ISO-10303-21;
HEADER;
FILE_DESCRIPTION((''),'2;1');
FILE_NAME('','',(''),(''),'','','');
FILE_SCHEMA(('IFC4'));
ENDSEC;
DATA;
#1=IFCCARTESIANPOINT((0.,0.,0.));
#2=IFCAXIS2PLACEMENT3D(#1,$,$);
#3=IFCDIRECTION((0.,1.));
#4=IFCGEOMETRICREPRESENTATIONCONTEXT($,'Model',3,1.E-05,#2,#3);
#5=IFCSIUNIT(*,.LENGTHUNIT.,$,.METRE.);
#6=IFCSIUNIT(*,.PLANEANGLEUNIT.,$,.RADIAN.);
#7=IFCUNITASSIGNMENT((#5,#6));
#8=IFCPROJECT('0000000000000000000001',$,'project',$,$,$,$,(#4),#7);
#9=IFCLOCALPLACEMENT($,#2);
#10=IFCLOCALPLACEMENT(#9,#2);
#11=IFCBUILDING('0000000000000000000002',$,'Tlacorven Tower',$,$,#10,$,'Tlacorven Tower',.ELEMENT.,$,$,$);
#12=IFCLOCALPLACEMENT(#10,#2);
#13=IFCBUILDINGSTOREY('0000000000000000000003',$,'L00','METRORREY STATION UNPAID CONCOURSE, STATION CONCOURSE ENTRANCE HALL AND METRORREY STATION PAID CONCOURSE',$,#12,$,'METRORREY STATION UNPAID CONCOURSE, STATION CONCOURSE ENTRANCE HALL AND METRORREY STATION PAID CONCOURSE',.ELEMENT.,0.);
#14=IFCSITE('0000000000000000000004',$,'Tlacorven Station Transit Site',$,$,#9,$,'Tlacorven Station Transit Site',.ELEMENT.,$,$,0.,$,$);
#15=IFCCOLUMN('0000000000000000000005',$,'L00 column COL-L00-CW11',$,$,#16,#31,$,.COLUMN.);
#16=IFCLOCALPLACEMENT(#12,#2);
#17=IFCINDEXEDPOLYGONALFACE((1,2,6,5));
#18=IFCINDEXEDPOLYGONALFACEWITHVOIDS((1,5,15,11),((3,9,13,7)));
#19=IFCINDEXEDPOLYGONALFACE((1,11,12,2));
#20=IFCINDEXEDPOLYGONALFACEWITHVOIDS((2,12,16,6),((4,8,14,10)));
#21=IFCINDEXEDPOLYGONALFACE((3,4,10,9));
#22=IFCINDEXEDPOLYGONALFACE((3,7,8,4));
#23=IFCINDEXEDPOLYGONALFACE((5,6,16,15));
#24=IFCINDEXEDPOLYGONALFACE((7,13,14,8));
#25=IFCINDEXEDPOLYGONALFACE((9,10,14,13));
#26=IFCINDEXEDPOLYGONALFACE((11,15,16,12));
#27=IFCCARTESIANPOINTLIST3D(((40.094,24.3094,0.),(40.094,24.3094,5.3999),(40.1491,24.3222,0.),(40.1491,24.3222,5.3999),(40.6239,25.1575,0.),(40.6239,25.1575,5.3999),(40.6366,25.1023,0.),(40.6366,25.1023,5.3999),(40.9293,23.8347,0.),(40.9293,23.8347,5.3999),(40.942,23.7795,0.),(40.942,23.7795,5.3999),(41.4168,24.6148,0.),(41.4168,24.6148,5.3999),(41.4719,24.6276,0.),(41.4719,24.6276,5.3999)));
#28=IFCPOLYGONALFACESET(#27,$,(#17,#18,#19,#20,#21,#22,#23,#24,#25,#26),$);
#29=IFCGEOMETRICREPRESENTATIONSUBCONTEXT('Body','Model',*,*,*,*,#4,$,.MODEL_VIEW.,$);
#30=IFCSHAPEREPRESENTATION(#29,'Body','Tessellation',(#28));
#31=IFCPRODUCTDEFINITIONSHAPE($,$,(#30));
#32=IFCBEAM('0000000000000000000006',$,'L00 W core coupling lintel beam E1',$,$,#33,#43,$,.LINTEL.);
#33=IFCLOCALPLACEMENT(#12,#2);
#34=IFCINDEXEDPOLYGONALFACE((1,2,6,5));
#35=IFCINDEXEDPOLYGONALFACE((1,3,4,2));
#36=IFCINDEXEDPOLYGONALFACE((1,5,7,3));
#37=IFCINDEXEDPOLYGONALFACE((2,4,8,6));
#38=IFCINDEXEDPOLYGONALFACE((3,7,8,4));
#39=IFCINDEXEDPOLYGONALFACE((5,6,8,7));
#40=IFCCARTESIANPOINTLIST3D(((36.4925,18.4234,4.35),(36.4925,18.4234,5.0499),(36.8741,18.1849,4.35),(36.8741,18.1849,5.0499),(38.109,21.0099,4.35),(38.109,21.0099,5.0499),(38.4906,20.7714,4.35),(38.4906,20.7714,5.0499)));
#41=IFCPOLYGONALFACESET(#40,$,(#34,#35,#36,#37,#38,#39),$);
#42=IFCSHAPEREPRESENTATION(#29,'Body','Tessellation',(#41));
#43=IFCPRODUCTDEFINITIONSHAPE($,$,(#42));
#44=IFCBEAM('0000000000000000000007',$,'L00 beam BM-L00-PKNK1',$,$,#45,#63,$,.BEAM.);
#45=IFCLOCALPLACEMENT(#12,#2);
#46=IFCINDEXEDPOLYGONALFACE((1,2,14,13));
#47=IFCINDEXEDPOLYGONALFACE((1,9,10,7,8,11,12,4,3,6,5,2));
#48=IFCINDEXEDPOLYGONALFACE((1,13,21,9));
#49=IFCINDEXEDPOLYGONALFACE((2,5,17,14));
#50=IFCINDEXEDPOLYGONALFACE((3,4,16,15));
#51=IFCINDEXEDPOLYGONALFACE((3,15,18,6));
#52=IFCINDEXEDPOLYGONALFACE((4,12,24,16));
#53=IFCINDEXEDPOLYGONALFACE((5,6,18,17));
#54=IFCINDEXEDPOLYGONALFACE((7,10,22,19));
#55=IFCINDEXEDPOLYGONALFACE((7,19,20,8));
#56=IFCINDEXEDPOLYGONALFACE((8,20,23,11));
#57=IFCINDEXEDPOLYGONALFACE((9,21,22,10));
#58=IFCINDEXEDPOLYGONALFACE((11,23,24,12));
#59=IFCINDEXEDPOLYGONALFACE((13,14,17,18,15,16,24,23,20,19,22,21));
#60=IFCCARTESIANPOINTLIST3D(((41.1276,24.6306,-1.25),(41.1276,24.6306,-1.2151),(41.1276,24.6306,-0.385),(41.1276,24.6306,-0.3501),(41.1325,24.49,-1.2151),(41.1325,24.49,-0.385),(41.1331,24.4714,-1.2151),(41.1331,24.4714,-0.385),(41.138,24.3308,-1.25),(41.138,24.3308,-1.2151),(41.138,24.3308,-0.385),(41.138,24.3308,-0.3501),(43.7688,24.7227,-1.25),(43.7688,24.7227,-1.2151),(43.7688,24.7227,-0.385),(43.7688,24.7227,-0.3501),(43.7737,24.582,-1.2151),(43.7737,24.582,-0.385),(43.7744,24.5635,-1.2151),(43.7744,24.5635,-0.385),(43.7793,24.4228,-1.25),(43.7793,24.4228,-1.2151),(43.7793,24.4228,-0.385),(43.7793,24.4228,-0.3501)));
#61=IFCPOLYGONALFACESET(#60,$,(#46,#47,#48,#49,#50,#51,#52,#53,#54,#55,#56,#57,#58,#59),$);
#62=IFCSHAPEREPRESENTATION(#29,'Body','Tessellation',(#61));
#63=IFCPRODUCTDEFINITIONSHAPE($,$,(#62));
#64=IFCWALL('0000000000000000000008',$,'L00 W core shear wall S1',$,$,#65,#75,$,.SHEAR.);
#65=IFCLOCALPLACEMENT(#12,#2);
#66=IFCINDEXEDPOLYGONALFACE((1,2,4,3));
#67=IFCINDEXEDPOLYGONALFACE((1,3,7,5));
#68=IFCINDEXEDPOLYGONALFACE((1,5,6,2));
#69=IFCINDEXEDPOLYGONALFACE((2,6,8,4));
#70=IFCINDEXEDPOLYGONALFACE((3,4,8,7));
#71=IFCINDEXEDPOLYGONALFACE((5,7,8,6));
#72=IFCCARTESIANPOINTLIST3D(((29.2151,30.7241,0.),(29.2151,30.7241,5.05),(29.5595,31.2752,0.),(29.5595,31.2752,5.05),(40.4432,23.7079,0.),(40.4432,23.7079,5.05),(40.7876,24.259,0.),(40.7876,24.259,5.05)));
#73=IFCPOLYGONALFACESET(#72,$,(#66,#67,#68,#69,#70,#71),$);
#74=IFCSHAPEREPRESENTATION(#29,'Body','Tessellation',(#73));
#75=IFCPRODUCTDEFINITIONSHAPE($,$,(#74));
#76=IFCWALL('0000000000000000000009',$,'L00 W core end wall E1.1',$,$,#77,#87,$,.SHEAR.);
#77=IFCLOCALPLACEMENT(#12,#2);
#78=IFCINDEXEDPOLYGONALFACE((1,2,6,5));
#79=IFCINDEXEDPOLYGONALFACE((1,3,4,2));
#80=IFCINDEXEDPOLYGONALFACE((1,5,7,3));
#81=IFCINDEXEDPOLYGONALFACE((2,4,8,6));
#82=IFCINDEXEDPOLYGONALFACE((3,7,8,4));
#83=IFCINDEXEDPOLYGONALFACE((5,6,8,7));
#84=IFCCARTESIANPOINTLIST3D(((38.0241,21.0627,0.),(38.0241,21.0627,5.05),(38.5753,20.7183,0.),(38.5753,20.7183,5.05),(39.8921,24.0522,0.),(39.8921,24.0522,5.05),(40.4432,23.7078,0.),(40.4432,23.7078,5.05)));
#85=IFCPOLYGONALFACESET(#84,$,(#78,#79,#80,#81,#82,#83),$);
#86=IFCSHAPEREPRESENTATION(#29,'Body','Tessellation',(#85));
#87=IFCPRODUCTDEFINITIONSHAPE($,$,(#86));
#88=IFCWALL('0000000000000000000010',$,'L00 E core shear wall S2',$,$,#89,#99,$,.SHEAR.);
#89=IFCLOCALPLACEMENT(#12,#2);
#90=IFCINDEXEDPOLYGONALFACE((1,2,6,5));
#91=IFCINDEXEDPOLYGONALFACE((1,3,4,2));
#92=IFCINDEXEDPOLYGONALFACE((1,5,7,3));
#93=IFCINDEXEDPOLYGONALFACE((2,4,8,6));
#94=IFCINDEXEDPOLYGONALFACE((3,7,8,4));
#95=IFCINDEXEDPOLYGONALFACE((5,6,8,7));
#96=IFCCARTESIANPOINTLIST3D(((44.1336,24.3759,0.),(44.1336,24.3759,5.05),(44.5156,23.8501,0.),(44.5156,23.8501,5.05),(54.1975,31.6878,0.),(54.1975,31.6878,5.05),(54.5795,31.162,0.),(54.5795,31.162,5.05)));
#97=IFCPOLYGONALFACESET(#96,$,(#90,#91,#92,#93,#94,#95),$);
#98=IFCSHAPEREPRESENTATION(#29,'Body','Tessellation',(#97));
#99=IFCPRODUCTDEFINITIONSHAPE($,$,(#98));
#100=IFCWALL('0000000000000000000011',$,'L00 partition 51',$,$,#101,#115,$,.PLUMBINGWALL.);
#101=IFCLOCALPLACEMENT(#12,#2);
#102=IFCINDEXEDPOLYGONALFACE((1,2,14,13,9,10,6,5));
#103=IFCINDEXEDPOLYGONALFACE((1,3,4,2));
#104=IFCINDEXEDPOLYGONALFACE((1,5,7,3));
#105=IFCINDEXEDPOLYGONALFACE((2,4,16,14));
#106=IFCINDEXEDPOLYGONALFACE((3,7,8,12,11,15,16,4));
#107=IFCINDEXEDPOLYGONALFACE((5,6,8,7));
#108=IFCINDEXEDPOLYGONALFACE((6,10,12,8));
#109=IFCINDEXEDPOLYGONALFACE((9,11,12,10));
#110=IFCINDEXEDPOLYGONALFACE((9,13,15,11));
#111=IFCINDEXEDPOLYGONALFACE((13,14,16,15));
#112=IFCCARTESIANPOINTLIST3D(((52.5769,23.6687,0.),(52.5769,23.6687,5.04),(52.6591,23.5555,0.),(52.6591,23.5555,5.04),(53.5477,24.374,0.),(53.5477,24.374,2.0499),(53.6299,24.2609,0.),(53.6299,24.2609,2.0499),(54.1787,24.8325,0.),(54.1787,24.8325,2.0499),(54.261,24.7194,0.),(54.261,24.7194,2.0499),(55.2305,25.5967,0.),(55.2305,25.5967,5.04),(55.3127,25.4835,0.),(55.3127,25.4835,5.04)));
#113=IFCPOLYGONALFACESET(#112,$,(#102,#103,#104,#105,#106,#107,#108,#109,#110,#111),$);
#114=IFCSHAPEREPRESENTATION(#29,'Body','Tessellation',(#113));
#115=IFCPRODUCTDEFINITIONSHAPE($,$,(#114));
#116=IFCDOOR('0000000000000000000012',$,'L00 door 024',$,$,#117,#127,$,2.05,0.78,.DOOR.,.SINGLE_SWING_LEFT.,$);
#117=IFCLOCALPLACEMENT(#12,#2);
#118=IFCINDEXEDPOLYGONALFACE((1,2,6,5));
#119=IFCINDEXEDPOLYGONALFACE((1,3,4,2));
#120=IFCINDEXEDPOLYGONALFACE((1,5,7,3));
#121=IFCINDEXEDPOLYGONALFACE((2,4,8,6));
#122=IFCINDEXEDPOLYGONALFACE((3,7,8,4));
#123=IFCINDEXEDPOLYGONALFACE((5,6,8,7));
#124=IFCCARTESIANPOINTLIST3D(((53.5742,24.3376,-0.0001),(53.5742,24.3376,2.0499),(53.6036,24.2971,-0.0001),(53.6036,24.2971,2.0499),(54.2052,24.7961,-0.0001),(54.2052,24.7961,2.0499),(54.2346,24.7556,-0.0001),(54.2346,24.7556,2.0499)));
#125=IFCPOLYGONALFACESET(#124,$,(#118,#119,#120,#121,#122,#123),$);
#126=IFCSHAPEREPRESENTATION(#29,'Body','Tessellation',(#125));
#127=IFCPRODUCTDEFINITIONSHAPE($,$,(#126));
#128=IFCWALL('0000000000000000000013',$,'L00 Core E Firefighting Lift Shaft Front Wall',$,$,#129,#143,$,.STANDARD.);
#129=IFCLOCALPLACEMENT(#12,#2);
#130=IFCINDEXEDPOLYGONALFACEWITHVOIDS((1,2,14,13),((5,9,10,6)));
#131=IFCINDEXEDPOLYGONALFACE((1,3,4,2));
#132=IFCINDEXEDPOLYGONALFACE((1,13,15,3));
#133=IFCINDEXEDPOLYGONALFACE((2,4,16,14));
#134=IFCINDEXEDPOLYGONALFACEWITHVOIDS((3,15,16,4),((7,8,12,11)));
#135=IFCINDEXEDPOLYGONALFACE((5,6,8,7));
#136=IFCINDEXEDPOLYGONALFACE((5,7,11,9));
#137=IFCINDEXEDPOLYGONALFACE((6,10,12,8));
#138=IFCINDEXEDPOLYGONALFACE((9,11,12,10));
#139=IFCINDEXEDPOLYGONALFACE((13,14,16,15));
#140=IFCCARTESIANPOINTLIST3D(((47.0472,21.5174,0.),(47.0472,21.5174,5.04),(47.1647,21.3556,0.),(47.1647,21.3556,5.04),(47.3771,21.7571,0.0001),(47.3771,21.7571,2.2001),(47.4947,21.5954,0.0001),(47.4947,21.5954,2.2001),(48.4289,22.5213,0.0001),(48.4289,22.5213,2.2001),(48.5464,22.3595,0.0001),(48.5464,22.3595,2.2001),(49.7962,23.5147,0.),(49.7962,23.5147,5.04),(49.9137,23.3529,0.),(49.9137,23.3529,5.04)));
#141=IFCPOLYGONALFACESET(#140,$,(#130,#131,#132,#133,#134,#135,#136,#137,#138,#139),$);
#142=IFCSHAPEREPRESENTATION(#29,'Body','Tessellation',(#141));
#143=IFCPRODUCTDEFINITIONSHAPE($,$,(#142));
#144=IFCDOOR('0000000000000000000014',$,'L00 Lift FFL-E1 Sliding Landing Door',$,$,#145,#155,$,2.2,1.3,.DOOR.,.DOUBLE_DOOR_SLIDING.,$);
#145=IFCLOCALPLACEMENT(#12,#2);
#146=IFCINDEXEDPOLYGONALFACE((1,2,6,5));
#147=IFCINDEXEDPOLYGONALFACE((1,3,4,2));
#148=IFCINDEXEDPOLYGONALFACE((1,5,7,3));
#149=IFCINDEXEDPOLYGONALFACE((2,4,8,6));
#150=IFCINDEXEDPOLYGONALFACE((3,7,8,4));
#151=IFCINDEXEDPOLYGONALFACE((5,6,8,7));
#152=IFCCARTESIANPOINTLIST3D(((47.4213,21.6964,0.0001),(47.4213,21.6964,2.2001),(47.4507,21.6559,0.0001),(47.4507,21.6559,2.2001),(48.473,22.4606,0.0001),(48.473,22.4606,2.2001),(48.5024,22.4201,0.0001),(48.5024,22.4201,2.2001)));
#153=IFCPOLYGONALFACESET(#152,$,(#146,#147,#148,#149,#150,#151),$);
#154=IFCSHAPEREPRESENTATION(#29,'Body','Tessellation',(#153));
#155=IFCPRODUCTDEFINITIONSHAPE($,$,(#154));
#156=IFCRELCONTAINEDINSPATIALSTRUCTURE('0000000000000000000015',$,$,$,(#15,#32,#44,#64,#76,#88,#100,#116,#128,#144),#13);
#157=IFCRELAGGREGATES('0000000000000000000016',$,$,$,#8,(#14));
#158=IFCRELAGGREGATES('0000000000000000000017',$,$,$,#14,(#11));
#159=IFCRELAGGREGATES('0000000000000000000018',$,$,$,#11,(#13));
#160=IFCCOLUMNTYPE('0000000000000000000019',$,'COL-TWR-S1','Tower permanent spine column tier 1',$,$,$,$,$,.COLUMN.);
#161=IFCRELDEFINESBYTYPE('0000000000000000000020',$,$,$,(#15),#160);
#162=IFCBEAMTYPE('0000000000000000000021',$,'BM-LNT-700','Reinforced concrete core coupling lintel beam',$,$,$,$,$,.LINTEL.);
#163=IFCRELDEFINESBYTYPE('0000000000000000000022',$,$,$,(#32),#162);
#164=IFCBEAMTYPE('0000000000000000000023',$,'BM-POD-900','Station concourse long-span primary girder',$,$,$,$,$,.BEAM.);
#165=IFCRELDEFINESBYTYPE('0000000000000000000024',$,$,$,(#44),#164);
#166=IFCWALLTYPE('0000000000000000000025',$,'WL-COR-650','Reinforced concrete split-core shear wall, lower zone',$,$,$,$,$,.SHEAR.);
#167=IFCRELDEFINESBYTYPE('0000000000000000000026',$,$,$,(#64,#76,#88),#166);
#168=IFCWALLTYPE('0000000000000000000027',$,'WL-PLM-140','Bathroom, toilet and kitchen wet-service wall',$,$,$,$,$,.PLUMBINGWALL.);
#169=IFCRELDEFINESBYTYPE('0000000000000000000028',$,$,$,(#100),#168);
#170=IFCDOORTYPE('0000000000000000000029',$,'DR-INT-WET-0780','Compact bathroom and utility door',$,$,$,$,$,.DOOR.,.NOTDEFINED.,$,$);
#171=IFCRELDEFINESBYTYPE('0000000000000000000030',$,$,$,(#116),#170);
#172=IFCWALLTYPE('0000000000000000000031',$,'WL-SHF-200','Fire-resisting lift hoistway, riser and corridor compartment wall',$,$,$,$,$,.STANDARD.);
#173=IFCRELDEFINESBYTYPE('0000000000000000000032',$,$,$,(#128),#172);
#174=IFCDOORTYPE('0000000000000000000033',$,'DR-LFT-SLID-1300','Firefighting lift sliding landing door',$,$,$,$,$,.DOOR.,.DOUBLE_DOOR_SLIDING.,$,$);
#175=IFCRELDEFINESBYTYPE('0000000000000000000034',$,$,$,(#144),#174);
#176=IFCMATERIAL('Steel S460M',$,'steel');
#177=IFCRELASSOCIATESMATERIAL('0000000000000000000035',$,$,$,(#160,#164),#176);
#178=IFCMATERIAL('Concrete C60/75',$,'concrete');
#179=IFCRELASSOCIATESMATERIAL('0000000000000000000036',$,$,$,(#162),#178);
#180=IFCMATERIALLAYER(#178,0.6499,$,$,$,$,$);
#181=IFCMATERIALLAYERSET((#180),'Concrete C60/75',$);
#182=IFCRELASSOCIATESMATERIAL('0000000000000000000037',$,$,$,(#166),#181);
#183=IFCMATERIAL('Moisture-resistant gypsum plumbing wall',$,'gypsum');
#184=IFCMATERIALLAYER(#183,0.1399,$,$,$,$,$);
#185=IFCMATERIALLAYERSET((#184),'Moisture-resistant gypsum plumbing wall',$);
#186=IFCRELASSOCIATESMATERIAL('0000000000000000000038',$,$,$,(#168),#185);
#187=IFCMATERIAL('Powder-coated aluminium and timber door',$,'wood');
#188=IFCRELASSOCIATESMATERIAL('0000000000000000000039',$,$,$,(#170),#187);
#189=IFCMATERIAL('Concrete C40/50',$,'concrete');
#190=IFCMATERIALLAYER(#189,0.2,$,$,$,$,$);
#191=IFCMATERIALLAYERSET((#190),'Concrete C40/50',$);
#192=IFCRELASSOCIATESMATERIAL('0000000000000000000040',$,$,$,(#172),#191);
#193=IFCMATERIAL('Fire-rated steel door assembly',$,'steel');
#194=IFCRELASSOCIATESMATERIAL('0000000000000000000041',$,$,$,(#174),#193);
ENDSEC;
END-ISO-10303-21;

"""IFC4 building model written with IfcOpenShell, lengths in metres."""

from ifc_helpers import new_model, si_unit, direction, frame, frame_2d, origin, origin_2d, place, context, subcontext, project, spatial, rectangle, hollow_rectangle, i_section, extrude, source, transform, mapped, material, layer, layer_set, material_profile, profile_set, type_object, element, fill, save


model = new_model("IFC4")

# Units and contexts
model_context = context("Model", 3, precision=1e-05, world=origin(), true_north=direction((0.0, 1.0)))
body_context = subcontext(model_context, "Body", "Model", "MODEL_VIEW")
ifc_project = project(units=[si_unit("LENGTHUNIT", "METRE"), si_unit("PLANEANGLEUNIT", "RADIAN")], contexts=[model_context])

# Site, building, storey
site_placement = place(None, origin())
site = spatial("IfcSite", under=ifc_project, at=site_placement, Name="Tlacorven Station Transit Site", LongName="Tlacorven Station Transit Site", CompositionType="ELEMENT", RefElevation=0.0)
building_placement = place(site_placement, origin())
building = spatial("IfcBuilding", under=site, at=building_placement, Name="Tlacorven Tower", LongName="Tlacorven Tower", CompositionType="ELEMENT")
storey_placement = place(building_placement, origin())
storey = spatial("IfcBuildingStorey", under=building, at=storey_placement, Name="L00", Description="METRORREY STATION UNPAID CONCOURSE, STATION CONCOURSE ENTRANCE HALL AND METRORREY STATION PAID CONCOURSE", LongName="METRORREY STATION UNPAID CONCOURSE, STATION CONCOURSE ENTRANCE HALL AND METRORREY STATION PAID CONCOURSE", CompositionType="ELEMENT", Elevation=0.0)

# Column
ifc_material_1 = material(Name="Steel S460M", Category="steel")
ifc_material_profile_1 = material_profile(ifc_material_1, hollow_rectangle(XDim=1.0, YDim=1.0, WallThickness=0.04, at=origin_2d()), Name="BOX 1000X1000X40")
ifc_profile_set_1 = profile_set([ifc_material_profile_1], Name="Steel S460M")
column_type = type_object("IfcColumnType", Name="COL-TWR-S1", Description="Tower permanent spine column tier 1", PredefinedType="COLUMN", material=ifc_profile_set_1)
shared_shape_1 = source(origin(), body_context, "Body", "SweptSolid", [
    extrude(hollow_rectangle(XDim=1.0, YDim=1.0, WallThickness=0.04, at=origin_2d()), origin(), (0.0, 0.0, 1.0), 5.3999),
])
column_placement = place(storey_placement, frame((40.783, 24.4685, 0.0), z_axis=(0.0, 0.0, 1.0), x_axis=(-0.848048, 0.529919, 0.0)))
element("IfcColumn", 1, at=column_placement, inside=storey, type_object=column_type, Name="L00 column COL-L00-CW11", PredefinedType="COLUMN", context=body_context, shape_type="MappedRepresentation", body=[
    mapped(shared_shape_1, transform((0.0, 0.0, 0.0), scale=1.0)),
])

# Beams
ifc_material_2 = material(Name="Concrete C60/75", Category="concrete")
ifc_material_profile_2 = material_profile(ifc_material_2, rectangle(XDim=0.45, YDim=0.7, at=origin_2d()), Name="RC 450X700")
ifc_profile_set_2 = profile_set([ifc_material_profile_2], Name="Concrete C60/75")
beam_type_1 = type_object("IfcBeamType", Name="BM-LNT-700", Description="Reinforced concrete core coupling lintel beam", PredefinedType="LINTEL", material=ifc_profile_set_2)
shared_shape_2 = source(origin(), body_context, "Body", "SweptSolid", [
    extrude(rectangle(XDim=0.45, YDim=0.7, at=origin_2d()), origin(), (0.0, 0.0, 1.0), 3.05),
])
beam_1_placement = place(storey_placement, frame((38.2998, 20.8906, 4.7), z_axis=(-0.529985, -0.848007, 0.0), x_axis=(0.848007, -0.529985, 0.0)))
element("IfcBeam", 2, at=beam_1_placement, inside=storey, type_object=beam_type_1, Name="L00 W core coupling lintel beam E1", PredefinedType="LINTEL", context=body_context, shape_type="MappedRepresentation", body=[
    mapped(shared_shape_2, transform((0.0, 0.0, 0.0), scale=1.0)),
])
ifc_material_profile_3 = material_profile(ifc_material_1, i_section(OverallWidth=0.3, OverallDepth=0.8999, WebThickness=0.0186, FlangeThickness=0.0349, at=origin_2d()), Name="HEB 900")
ifc_profile_set_3 = profile_set([ifc_material_profile_3], Name="Steel S460M")
beam_type_2 = type_object("IfcBeamType", Name="BM-POD-900", Description="Station concourse long-span primary girder", PredefinedType="BEAM", material=ifc_profile_set_3)
shared_shape_3 = source(origin(), body_context, "Body", "SweptSolid", [
    extrude(i_section(OverallWidth=0.3, OverallDepth=0.8999, WebThickness=0.0186, FlangeThickness=0.0349, at=origin_2d()), origin(), (0.0, 0.0, 1.0), 2.6428),
])
beam_2_placement = place(storey_placement, frame((41.1328, 24.4807, -0.8), z_axis=(0.999393, 0.034828, 0.0), x_axis=(-0.034828, 0.999393, 0.0)))
element("IfcBeam", 3, at=beam_2_placement, inside=storey, type_object=beam_type_2, Name="L00 beam BM-L00-PKNK1", PredefinedType="BEAM", context=body_context, shape_type="MappedRepresentation", body=[
    mapped(shared_shape_3, transform((0.0, 0.0, 0.0), scale=1.0)),
])

# Walls
ifc_layer_1 = layer(ifc_material_2, 0.6499)
ifc_layer_set_1 = layer_set([ifc_layer_1], Name="Concrete C60/75")
wall_type_1 = type_object("IfcWallType", Name="WL-COR-650", Description="Reinforced concrete split-core shear wall, lower zone", PredefinedType="SHEAR", material=ifc_layer_set_1)
wall_1_placement = place(storey_placement, frame((40.6155, 23.9834, 0.0), z_axis=(0.0, 0.0, 1.0), x_axis=(-0.848046, 0.529923, 0.0)))
element("IfcWall", 4, at=wall_1_placement, inside=storey, type_object=wall_type_1, Name="L00 W core shear wall S1", PredefinedType="SHEAR", context=body_context, shape_type="SweptSolid", body=[
    extrude(rectangle(XDim=13.24, YDim=0.6499, at=frame_2d((6.6201, 0.0))), origin(), (0.0, 0.0, 1.0), 5.05),
])
wall_2_placement = place(storey_placement, frame((40.1677, 23.8801, 0.0), z_axis=(0.0, 0.0, 1.0), x_axis=(-0.529893, -0.848064, 0.0)))
element("IfcWall", 5, at=wall_2_placement, inside=storey, type_object=wall_type_1, Name="L00 W core end wall E1.1", PredefinedType="SHEAR", context=body_context, shape_type="SweptSolid", body=[
    extrude(rectangle(XDim=3.5251, YDim=0.6499, at=frame_2d((1.7627, 0.0))), origin(), (0.0, 0.0, 1.0), 5.05),
])
wall_3_placement = place(storey_placement, frame((44.3247, 24.113, 0.0), z_axis=(0.0, 0.0, 1.0), x_axis=(0.809013, 0.587791, 0.0)))
element("IfcWall", 6, at=wall_3_placement, inside=storey, type_object=wall_type_1, Name="L00 E core shear wall S2", PredefinedType="SHEAR", context=body_context, shape_type="SweptSolid", body=[
    extrude(rectangle(XDim=12.4397, YDim=0.6499, at=frame_2d((6.2197, 0.0))), origin(), (0.0, 0.0, 1.0), 5.05),
])

# Walls, openings, doors
ifc_material_3 = material(Name="Moisture-resistant gypsum plumbing wall", Category="gypsum")
ifc_layer_2 = layer(ifc_material_3, 0.1399)
ifc_layer_set_2 = layer_set([ifc_layer_2], Name="Moisture-resistant gypsum plumbing wall")
wall_type_2 = type_object("IfcWallType", Name="WL-PLM-140", Description="Bathroom, toilet and kitchen wet-service wall", PredefinedType="PLUMBINGWALL", material=ifc_layer_set_2)
wall_4_placement = place(storey_placement, frame((52.6179, 23.6121, 0.0), z_axis=(0.0, 0.0, 1.0), x_axis=(0.80901, 0.587795, 0.0)))
wall_4 = element("IfcWall", 7, at=wall_4_placement, inside=storey, type_object=wall_type_2, Name="L00 partition 51", PredefinedType="PLUMBINGWALL", context=body_context, shape_type="SweptSolid", body=[
    extrude(rectangle(XDim=3.28, YDim=0.1399, at=frame_2d((1.6401, 0.0))), origin(), (0.0, 0.0, 1.0), 5.04),
])
opening_1_placement = place(wall_4_placement, frame((1.2, 0.0, 0.0)))
opening_1 = element("IfcOpeningElement", 8, at=opening_1_placement, cuts=wall_4, PredefinedType="OPENING", context=body_context, shape_type="SweptSolid", body=[
    extrude(rectangle(XDim=0.78, YDim=2.05, at=frame_2d((0.3901, 1.0249))), frame((0.0, 0.0801, 0.0), z_axis=(0.0, -1.0, 0.0), x_axis=(1.0, 0.0, 0.0)), (0.0, 0.0, 1.0), 0.1599),
])
ifc_material_4 = material(Name="Powder-coated aluminium and timber door", Category="wood")
door_type_1 = type_object("IfcDoorType", Name="DR-INT-WET-0780", Description="Compact bathroom and utility door", OperationType="NOTDEFINED", PredefinedType="DOOR", material=ifc_material_4)
shared_shape_4 = source(origin(), body_context, "Body", "SweptSolid", [
    extrude(rectangle(XDim=0.78, YDim=2.05, at=frame_2d((0.3901, 1.0249))), frame((0.0, 0.0249, 0.0), z_axis=(0.0, -1.0, 0.0), x_axis=(1.0, 0.0, 0.0)), (0.0, 0.0, 1.0), 0.05),
])
door_1_placement = place(opening_1_placement, origin())
door_1 = element("IfcDoor", 9, at=door_1_placement, inside=storey, type_object=door_type_1, Name="L00 door 024", OperationType="SINGLE_SWING_LEFT", OverallHeight=2.05, OverallWidth=0.78, PredefinedType="DOOR", context=body_context, shape_type="MappedRepresentation", body=[
    mapped(shared_shape_4, transform((0.0, 0.0, 0.0), scale=1.0)),
])
fill(opening_1, door_1)
ifc_material_5 = material(Name="Concrete C40/50", Category="concrete")
ifc_layer_3 = layer(ifc_material_5, 0.2)
ifc_layer_set_3 = layer_set([ifc_layer_3], Name="Concrete C40/50")
wall_type_3 = type_object("IfcWallType", Name="WL-SHF-200", Description="Fire-resisting lift hoistway, riser and corridor compartment wall", PredefinedType="STANDARD", material=ifc_layer_set_3)
wall_5_placement = place(storey_placement, frame((47.106, 21.4365, 0.0), z_axis=(0.0, 0.0, 1.0), x_axis=(0.809013, 0.587791, 0.0)))
wall_5 = element("IfcWall", 10, at=wall_5_placement, inside=storey, type_object=wall_type_3, Name="L00 Core E Firefighting Lift Shaft Front Wall", PredefinedType="STANDARD", context=body_context, shape_type="SweptSolid", body=[
    extrude(rectangle(XDim=3.3979, YDim=0.2, at=frame_2d((1.699, 0.0))), origin(), (0.0, 0.0, 1.0), 5.04),
])
opening_2_placement = place(wall_5_placement, frame((0.408, 0.0, 0.0)))
opening_2 = element("IfcOpeningElement", 11, at=opening_2_placement, cuts=wall_5, PredefinedType="OPENING", context=body_context, shape_type="SweptSolid", body=[
    extrude(rectangle(XDim=1.3, YDim=2.2, at=frame_2d((0.6499, 1.1001))), frame((0.0, 0.1099, 0.0), z_axis=(0.0, -1.0, 0.0), x_axis=(1.0, 0.0, 0.0)), (0.0, 0.0, 1.0), 0.22),
])
ifc_material_6 = material(Name="Fire-rated steel door assembly", Category="steel")
door_type_2 = type_object("IfcDoorType", Name="DR-LFT-SLID-1300", Description="Firefighting lift sliding landing door", OperationType="DOUBLE_DOOR_SLIDING", PredefinedType="DOOR", material=ifc_material_6)
shared_shape_5 = source(origin(), body_context, "Body", "SweptSolid", [
    extrude(rectangle(XDim=1.3, YDim=2.2, at=frame_2d((0.6499, 1.1001))), frame((0.0, 0.0249, 0.0), z_axis=(0.0, -1.0, 0.0), x_axis=(1.0, 0.0, 0.0)), (0.0, 0.0, 1.0), 0.05),
])
door_2_placement = place(opening_2_placement, origin())
door_2 = element("IfcDoor", 12, at=door_2_placement, inside=storey, type_object=door_type_2, Name="L00 Lift FFL-E1 Sliding Landing Door", OperationType="DOUBLE_DOOR_SLIDING", OverallHeight=2.2, OverallWidth=1.3, PredefinedType="DOOR", context=body_context, shape_type="MappedRepresentation", body=[
    mapped(shared_shape_5, transform((0.0, 0.0, 0.0), scale=1.0)),
])
fill(opening_2, door_2)

save(model, "model.ifc")
